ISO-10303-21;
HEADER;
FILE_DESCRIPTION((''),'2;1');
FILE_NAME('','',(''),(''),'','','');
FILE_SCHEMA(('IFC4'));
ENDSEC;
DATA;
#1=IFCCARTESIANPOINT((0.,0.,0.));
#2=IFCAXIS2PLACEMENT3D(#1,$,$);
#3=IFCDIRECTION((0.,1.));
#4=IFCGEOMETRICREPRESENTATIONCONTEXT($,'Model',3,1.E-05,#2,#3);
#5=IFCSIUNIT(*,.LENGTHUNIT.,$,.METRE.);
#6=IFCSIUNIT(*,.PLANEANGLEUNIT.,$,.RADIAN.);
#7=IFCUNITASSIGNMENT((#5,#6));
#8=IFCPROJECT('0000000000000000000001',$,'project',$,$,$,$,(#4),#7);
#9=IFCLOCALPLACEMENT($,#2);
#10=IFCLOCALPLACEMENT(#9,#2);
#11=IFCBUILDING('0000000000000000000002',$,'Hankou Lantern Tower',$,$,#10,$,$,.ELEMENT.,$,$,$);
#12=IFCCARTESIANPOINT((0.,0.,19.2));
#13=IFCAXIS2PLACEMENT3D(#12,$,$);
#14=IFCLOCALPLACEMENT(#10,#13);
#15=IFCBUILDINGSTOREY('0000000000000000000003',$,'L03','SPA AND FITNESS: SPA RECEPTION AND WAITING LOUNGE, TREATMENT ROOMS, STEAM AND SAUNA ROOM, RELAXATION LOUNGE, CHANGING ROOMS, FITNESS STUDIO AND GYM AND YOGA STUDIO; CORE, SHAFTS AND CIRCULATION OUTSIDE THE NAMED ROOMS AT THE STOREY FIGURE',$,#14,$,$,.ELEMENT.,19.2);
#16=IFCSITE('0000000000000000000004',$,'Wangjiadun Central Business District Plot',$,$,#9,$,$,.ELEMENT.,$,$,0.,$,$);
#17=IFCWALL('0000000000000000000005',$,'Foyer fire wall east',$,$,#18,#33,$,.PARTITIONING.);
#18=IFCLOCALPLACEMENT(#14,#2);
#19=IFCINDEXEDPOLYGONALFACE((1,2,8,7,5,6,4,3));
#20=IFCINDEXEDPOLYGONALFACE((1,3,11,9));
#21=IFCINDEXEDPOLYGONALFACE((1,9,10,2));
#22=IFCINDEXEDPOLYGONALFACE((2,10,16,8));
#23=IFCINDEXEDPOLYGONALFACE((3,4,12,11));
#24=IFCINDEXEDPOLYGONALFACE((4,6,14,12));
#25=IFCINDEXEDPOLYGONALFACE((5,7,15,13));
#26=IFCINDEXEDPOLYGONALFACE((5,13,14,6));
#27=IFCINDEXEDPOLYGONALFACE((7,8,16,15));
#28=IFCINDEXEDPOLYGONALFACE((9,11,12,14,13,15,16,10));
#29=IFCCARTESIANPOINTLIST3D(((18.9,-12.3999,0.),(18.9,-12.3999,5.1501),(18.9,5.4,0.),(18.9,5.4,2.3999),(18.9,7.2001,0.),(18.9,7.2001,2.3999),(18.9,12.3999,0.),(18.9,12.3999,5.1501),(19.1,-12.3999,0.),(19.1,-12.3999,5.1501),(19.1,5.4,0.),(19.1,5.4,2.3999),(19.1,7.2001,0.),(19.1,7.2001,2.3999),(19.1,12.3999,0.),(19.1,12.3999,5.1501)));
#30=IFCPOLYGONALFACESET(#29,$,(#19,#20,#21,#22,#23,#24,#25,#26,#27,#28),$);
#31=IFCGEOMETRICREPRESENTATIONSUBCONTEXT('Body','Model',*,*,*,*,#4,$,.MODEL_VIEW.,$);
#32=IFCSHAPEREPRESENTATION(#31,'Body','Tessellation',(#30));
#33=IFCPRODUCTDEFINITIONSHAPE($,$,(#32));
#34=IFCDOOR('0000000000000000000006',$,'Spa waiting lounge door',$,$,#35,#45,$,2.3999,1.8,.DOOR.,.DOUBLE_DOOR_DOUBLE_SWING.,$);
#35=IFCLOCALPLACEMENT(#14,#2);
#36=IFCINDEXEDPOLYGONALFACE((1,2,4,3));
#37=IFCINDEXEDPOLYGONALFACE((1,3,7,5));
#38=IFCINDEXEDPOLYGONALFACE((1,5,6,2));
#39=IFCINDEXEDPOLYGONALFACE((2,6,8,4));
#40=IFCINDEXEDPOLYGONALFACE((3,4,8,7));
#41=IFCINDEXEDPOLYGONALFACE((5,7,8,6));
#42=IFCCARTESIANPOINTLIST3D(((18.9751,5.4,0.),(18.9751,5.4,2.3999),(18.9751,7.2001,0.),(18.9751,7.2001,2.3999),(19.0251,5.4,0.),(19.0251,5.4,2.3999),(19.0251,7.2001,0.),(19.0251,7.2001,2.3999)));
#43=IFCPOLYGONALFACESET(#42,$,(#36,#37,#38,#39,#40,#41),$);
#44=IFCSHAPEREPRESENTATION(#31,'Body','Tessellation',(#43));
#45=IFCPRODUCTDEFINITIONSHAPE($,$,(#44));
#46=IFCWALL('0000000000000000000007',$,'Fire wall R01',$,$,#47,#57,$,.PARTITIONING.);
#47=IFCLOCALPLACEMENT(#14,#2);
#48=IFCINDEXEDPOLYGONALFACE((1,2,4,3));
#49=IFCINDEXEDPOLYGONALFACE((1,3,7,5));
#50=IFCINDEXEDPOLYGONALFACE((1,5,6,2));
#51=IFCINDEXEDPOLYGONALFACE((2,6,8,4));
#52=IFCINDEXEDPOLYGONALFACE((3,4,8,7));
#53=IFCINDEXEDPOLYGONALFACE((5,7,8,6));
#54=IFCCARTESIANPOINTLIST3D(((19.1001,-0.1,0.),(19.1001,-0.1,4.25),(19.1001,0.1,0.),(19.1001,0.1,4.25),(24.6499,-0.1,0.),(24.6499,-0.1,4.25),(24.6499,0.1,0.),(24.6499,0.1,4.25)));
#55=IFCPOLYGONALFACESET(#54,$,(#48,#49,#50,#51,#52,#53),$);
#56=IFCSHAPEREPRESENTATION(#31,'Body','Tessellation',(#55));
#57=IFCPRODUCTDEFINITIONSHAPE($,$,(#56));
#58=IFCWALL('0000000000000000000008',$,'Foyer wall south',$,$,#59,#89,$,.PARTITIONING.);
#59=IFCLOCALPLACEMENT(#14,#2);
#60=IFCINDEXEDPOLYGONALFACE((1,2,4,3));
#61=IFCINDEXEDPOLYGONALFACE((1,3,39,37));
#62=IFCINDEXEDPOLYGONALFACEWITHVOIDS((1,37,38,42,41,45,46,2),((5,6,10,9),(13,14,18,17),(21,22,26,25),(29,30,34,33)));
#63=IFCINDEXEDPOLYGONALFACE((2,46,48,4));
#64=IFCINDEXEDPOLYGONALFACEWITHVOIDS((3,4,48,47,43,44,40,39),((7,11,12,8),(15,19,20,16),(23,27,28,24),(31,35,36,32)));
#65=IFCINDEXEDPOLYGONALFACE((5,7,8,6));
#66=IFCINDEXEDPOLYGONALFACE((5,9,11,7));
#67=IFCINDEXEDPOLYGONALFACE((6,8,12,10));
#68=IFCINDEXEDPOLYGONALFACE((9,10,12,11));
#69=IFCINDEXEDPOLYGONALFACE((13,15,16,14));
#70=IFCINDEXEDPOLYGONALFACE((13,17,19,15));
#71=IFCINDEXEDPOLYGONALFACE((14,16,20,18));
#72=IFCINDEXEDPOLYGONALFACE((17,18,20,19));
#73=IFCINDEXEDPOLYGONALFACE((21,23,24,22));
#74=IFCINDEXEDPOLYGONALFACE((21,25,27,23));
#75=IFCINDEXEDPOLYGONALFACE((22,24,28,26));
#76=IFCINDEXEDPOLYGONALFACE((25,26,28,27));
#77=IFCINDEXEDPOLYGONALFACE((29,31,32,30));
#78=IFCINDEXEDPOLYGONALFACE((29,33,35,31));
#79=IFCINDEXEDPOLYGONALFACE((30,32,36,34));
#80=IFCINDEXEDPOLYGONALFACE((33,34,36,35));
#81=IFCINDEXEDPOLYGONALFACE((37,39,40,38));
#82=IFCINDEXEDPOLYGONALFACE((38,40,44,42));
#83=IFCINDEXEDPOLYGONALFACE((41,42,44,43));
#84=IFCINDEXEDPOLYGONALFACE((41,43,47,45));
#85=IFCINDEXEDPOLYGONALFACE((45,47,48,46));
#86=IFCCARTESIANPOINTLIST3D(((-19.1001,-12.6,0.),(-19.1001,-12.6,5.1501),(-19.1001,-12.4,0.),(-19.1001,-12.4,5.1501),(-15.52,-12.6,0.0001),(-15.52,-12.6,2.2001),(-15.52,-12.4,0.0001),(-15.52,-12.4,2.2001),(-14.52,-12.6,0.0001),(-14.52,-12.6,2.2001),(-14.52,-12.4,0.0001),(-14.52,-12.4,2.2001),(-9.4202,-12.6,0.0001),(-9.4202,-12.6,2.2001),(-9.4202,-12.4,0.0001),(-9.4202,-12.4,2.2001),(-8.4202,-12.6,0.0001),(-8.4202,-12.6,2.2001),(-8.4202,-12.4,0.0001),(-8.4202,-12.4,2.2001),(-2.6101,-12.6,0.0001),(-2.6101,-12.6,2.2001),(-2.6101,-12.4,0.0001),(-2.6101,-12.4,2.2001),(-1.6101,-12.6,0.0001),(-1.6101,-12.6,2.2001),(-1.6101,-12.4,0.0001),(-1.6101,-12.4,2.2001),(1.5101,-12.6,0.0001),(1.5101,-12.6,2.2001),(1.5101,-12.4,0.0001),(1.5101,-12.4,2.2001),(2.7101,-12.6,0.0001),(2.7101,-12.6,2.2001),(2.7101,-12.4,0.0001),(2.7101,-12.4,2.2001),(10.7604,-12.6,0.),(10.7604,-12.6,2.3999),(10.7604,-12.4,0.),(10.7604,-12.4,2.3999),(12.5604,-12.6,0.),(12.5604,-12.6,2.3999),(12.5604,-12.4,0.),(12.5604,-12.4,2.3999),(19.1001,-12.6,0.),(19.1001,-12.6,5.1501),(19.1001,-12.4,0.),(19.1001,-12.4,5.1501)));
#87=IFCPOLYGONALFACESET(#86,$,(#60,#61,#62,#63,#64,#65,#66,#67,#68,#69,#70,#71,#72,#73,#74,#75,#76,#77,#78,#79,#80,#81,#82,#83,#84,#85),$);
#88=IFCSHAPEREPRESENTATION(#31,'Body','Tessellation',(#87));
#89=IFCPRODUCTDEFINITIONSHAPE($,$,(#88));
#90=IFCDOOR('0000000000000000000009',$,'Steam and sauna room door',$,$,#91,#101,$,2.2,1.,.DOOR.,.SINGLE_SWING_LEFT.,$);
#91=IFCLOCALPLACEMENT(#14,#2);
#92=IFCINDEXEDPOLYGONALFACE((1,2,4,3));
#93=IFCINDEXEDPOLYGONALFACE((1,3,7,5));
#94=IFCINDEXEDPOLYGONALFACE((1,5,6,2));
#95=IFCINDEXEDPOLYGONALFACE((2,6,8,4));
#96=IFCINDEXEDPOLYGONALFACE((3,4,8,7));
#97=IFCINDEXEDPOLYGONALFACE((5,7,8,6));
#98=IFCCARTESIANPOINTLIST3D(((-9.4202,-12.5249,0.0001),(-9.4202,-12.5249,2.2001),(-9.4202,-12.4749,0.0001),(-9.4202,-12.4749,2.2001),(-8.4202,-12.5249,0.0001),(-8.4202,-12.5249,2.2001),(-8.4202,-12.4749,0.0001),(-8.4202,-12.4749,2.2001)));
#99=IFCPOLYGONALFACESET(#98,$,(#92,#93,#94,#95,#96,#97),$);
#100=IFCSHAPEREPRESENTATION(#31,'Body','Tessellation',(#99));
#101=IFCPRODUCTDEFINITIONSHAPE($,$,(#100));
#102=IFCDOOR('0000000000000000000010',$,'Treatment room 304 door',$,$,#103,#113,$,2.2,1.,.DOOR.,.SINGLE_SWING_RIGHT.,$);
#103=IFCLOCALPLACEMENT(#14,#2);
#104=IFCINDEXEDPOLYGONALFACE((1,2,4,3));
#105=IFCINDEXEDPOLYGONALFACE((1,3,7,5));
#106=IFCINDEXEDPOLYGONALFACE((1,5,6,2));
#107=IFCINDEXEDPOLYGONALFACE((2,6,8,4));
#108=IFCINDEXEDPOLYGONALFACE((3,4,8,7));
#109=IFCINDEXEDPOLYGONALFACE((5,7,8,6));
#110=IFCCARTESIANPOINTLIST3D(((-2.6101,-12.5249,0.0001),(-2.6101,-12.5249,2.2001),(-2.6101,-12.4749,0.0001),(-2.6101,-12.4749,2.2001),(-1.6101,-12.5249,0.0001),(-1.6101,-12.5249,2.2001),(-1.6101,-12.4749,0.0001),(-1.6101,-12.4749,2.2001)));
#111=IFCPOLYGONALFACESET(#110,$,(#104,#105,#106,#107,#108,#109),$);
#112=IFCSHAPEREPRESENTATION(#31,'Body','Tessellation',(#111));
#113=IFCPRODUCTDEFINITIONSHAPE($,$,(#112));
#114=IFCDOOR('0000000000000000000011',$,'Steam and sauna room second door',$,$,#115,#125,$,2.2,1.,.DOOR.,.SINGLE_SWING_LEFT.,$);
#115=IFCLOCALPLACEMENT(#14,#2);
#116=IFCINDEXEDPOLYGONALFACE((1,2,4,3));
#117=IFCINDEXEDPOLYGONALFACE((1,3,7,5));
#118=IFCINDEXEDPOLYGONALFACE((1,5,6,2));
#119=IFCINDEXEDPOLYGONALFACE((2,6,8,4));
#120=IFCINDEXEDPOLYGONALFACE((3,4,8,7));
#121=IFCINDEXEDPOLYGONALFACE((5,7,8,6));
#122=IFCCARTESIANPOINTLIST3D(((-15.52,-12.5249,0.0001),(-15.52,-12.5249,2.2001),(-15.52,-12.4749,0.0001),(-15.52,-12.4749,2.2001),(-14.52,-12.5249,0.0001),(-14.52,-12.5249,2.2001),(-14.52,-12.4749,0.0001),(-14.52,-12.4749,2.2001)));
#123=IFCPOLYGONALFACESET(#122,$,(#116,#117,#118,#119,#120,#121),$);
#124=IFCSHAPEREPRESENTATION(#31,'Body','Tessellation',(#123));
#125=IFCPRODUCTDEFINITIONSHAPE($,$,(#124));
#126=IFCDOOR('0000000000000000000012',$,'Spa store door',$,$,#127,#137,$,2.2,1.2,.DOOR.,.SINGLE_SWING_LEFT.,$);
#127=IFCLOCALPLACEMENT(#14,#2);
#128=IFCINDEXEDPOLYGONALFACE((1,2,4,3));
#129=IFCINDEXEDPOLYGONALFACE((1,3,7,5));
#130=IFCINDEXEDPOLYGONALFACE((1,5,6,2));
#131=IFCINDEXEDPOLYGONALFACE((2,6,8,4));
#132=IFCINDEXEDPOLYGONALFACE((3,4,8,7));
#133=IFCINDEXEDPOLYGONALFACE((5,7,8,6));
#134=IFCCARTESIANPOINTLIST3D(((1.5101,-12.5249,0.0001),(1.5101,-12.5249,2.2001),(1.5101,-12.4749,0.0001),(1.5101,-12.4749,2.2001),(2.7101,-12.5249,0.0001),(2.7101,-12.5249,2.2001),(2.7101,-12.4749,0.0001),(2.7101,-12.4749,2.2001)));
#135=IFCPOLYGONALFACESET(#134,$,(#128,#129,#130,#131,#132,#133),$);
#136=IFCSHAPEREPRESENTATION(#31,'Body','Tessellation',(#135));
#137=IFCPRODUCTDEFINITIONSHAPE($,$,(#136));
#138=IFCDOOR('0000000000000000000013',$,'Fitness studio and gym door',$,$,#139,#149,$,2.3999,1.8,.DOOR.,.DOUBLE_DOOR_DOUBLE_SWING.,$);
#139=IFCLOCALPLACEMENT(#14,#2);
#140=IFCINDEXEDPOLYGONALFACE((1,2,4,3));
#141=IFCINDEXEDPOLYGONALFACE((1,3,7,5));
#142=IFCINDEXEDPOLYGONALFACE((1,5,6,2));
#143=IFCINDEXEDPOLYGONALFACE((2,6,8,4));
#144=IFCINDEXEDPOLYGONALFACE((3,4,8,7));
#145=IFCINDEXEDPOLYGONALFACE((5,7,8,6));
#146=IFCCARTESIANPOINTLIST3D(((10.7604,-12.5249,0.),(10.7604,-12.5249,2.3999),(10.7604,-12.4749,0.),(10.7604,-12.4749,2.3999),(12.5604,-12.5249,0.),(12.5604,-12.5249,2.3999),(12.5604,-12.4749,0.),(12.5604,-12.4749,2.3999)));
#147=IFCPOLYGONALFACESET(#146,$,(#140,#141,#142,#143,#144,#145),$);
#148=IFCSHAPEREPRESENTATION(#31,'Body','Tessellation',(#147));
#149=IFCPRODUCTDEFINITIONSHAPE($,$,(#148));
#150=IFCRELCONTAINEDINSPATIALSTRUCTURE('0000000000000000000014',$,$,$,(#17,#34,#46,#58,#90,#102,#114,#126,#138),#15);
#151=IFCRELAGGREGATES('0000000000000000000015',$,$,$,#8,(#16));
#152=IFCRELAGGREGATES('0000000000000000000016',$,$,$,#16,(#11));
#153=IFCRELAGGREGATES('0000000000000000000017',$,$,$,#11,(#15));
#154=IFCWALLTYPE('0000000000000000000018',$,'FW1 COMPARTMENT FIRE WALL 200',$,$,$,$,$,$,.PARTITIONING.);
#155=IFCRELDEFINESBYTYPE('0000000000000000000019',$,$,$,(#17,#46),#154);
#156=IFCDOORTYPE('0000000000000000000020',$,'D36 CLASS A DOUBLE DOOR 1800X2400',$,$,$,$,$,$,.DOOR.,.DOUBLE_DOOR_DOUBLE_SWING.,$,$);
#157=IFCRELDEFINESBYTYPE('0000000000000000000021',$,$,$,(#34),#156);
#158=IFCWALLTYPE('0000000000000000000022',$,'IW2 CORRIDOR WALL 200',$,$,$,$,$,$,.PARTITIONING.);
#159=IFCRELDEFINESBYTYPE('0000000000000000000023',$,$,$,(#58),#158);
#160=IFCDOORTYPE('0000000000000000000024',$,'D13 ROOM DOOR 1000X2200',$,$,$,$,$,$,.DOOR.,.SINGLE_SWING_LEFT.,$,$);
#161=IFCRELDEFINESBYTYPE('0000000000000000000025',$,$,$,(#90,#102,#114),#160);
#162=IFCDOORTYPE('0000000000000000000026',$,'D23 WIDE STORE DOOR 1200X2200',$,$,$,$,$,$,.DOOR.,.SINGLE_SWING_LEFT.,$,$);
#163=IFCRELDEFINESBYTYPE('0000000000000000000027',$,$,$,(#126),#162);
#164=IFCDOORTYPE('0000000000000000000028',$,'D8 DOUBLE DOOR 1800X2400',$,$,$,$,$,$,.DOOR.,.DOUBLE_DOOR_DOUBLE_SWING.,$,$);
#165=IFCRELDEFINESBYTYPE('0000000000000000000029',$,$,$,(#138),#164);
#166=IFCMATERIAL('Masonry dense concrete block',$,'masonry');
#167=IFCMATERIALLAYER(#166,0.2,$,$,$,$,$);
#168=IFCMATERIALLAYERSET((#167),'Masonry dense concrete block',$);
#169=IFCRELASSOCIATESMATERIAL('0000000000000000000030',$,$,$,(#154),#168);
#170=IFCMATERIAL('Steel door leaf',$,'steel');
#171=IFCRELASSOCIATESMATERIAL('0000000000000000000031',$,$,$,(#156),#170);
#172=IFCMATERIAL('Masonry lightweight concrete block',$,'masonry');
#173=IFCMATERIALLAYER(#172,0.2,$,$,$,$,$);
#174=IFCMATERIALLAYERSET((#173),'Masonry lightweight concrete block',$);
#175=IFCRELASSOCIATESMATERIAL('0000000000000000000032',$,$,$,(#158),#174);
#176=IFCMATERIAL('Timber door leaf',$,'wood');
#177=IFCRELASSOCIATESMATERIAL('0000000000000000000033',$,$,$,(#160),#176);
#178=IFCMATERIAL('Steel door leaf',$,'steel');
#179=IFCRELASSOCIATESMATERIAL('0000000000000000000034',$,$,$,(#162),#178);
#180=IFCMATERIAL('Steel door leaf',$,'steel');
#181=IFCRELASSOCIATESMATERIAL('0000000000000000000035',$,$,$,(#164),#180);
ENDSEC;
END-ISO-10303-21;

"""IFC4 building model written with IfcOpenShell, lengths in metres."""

from ifc_helpers import new_model, si_unit, direction, frame, frame_2d, origin, place, context, subcontext, project, spatial, rectangle, extrude, material, layer, layer_set, type_object, element, fill, save


model = new_model("IFC4")

# Units and contexts
model_context = context("Model", 3, precision=1e-05, world=origin(), true_north=direction((0.0, 1.0)))
body_context = subcontext(model_context, "Body", "Model", "MODEL_VIEW")
ifc_project = project(units=[si_unit("LENGTHUNIT", "METRE"), si_unit("PLANEANGLEUNIT", "RADIAN")], contexts=[model_context])

# Site, building, storey
site_placement = place(None, origin())
site = spatial("IfcSite", under=ifc_project, at=site_placement, Name="Wangjiadun Central Business District Plot", CompositionType="ELEMENT", RefElevation=0.0)
building_placement = place(site_placement, origin())
building = spatial("IfcBuilding", under=site, at=building_placement, Name="Hankou Lantern Tower", CompositionType="ELEMENT")
storey_placement = place(building_placement, frame((0.0, 0.0, 19.2)))
storey = spatial("IfcBuildingStorey", under=building, at=storey_placement, Name="L03", Description="SPA AND FITNESS: SPA RECEPTION AND WAITING LOUNGE, TREATMENT ROOMS, STEAM AND SAUNA ROOM, RELAXATION LOUNGE, CHANGING ROOMS, FITNESS STUDIO AND GYM AND YOGA STUDIO; CORE, SHAFTS AND CIRCULATION OUTSIDE THE NAMED ROOMS AT THE STOREY FIGURE", CompositionType="ELEMENT", Elevation=19.2)

# Wall, opening, door
ifc_material_1 = material(Name="Masonry dense concrete block", Category="masonry")
ifc_layer_1 = layer(ifc_material_1, 0.2)
ifc_layer_set_1 = layer_set([ifc_layer_1], Name="Masonry dense concrete block")
wall_type_1 = type_object("IfcWallType", Name="FW1 COMPARTMENT FIRE WALL 200", PredefinedType="PARTITIONING", material=ifc_layer_set_1)
wall_1_placement = place(storey_placement, frame((19.0, -12.3999, 0.0), z_axis=(0.0, 0.0, 1.0), x_axis=(0.0, 1.0, 0.0)))
wall_1 = element("IfcWall", 1, at=wall_1_placement, inside=storey, type_object=wall_type_1, Name="Foyer fire wall east", PredefinedType="PARTITIONING", context=body_context, shape_type="SweptSolid", body=[
    extrude(rectangle(XDim=24.7998, YDim=0.2, at=frame_2d((12.3999, 0.0))), origin(), (0.0, 0.0, 1.0), 5.1501),
])
opening_1_placement = place(wall_1_placement, frame((17.8, 0.0, 0.0)))
opening_1 = element("IfcOpeningElement", 2, at=opening_1_placement, cuts=wall_1, PredefinedType="OPENING", context=body_context, shape_type="SweptSolid", body=[
    extrude(rectangle(XDim=1.8, YDim=2.3999, at=frame_2d((0.8999, 1.2))), frame((0.0, 0.1099, 0.0), z_axis=(0.0, -1.0, 0.0), x_axis=(1.0, 0.0, 0.0)), (0.0, 0.0, 1.0), 0.22),
])
ifc_material_2 = material(Name="Steel door leaf", Category="steel")
door_type_1 = type_object("IfcDoorType", Name="D36 CLASS A DOUBLE DOOR 1800X2400", OperationType="DOUBLE_DOOR_DOUBLE_SWING", PredefinedType="DOOR", material=ifc_material_2)
door_1_placement = place(opening_1_placement, origin())
door_1 = element("IfcDoor", 3, at=door_1_placement, inside=storey, type_object=door_type_1, Name="Spa waiting lounge door", OperationType="DOUBLE_DOOR_DOUBLE_SWING", OverallHeight=2.3999, OverallWidth=1.8, PredefinedType="DOOR", context=body_context, shape_type="SweptSolid", body=[
    extrude(rectangle(XDim=1.8, YDim=2.3999, at=frame_2d((0.8999, 1.2))), frame((0.0, 0.0249, 0.0), z_axis=(0.0, -1.0, 0.0), x_axis=(1.0, 0.0, 0.0)), (0.0, 0.0, 1.0), 0.05),
])
fill(opening_1, door_1)

# Wall
wall_2_placement = place(storey_placement, frame((19.1001, 0.0, 0.0), z_axis=(0.0, 0.0, 1.0), x_axis=(1.0, 0.0, 0.0)))
element("IfcWall", 4, at=wall_2_placement, inside=storey, type_object=wall_type_1, Name="Fire wall R01", PredefinedType="PARTITIONING", context=body_context, shape_type="SweptSolid", body=[
    extrude(rectangle(XDim=5.5498, YDim=0.2, at=frame_2d((2.7749, 0.0))), origin(), (0.0, 0.0, 1.0), 4.25),
])

# Wall, openings, doors
ifc_material_3 = material(Name="Masonry lightweight concrete block", Category="masonry")
ifc_layer_2 = layer(ifc_material_3, 0.2)
ifc_layer_set_2 = layer_set([ifc_layer_2], Name="Masonry lightweight concrete block")
wall_type_2 = type_object("IfcWallType", Name="IW2 CORRIDOR WALL 200", PredefinedType="PARTITIONING", material=ifc_layer_set_2)
wall_3_placement = place(storey_placement, frame((19.1001, -12.5, 0.0), z_axis=(0.0, 0.0, 1.0), x_axis=(-1.0, 0.0, 0.0)))
wall_3 = element("IfcWall", 5, at=wall_3_placement, inside=storey, type_object=wall_type_2, Name="Foyer wall south", PredefinedType="PARTITIONING", context=body_context, shape_type="SweptSolid", body=[
    extrude(rectangle(XDim=38.2002, YDim=0.2, at=frame_2d((19.1001, 0.0))), origin(), (0.0, 0.0, 1.0), 5.1501),
])
opening_2_placement = place(wall_3_placement, frame((6.5398, 0.0, 0.0)))
opening_2 = element("IfcOpeningElement", 6, at=opening_2_placement, cuts=wall_3, PredefinedType="OPENING", context=body_context, shape_type="SweptSolid", body=[
    extrude(rectangle(XDim=1.8, YDim=2.3999, at=frame_2d((0.8999, 1.2))), frame((0.0, 0.1099, 0.0), z_axis=(0.0, -1.0, 0.0), x_axis=(1.0, 0.0, 0.0)), (0.0, 0.0, 1.0), 0.22),
])
opening_3_placement = place(wall_3_placement, frame((27.5203, 0.0, 0.0)))
opening_3 = element("IfcOpeningElement", 7, at=opening_3_placement, cuts=wall_3, PredefinedType="OPENING", context=body_context, shape_type="SweptSolid", body=[
    extrude(rectangle(XDim=1.0, YDim=2.2, at=frame_2d((0.5, 1.1001))), frame((0.0, 0.1099, 0.0), z_axis=(0.0, -1.0, 0.0), x_axis=(1.0, 0.0, 0.0)), (0.0, 0.0, 1.0), 0.22),
])
opening_4_placement = place(wall_3_placement, frame((20.7102, 0.0, 0.0)))
opening_4 = element("IfcOpeningElement", 8, at=opening_4_placement, cuts=wall_3, PredefinedType="OPENING", context=body_context, shape_type="SweptSolid", body=[
    extrude(rectangle(XDim=1.0, YDim=2.2, at=frame_2d((0.5, 1.1001))), frame((0.0, 0.1099, 0.0), z_axis=(0.0, -1.0, 0.0), x_axis=(1.0, 0.0, 0.0)), (0.0, 0.0, 1.0), 0.22),
])
opening_5_placement = place(wall_3_placement, frame((16.3899, 0.0, 0.0)))
opening_5 = element("IfcOpeningElement", 9, at=opening_5_placement, cuts=wall_3, PredefinedType="OPENING", context=body_context, shape_type="SweptSolid", body=[
    extrude(rectangle(XDim=1.2, YDim=2.2, at=frame_2d((0.6001, 1.1001))), frame((0.0, 0.1099, 0.0), z_axis=(0.0, -1.0, 0.0), x_axis=(1.0, 0.0, 0.0)), (0.0, 0.0, 1.0), 0.22),
])
opening_6_placement = place(wall_3_placement, frame((33.6201, 0.0, 0.0)))
opening_6 = element("IfcOpeningElement", 10, at=opening_6_placement, cuts=wall_3, PredefinedType="OPENING", context=body_context, shape_type="SweptSolid", body=[
    extrude(rectangle(XDim=1.0, YDim=2.2, at=frame_2d((0.5, 1.1001))), frame((0.0, 0.1099, 0.0), z_axis=(0.0, -1.0, 0.0), x_axis=(1.0, 0.0, 0.0)), (0.0, 0.0, 1.0), 0.22),
])
ifc_material_4 = material(Name="Timber door leaf", Category="wood")
door_type_2 = type_object("IfcDoorType", Name="D13 ROOM DOOR 1000X2200", OperationType="SINGLE_SWING_LEFT", PredefinedType="DOOR", material=ifc_material_4)
door_2_placement = place(opening_3_placement, origin())
door_2 = element("IfcDoor", 11, at=door_2_placement, inside=storey, type_object=door_type_2, Name="Steam and sauna room door", OperationType="SINGLE_SWING_LEFT", OverallHeight=2.2, OverallWidth=1.0, PredefinedType="DOOR", context=body_context, shape_type="SweptSolid", body=[
    extrude(rectangle(XDim=1.0, YDim=2.2, at=frame_2d((0.5, 1.1001))), frame((0.0, 0.0249, 0.0), z_axis=(0.0, -1.0, 0.0), x_axis=(1.0, 0.0, 0.0)), (0.0, 0.0, 1.0), 0.05),
])
fill(opening_3, door_2)
door_3_placement = place(opening_4_placement, origin())
door_3 = element("IfcDoor", 12, at=door_3_placement, inside=storey, type_object=door_type_2, Name="Treatment room 304 door", OperationType="SINGLE_SWING_RIGHT", OverallHeight=2.2, OverallWidth=1.0, PredefinedType="DOOR", context=body_context, shape_type="SweptSolid", body=[
    extrude(rectangle(XDim=1.0, YDim=2.2, at=frame_2d((0.5, 1.1001))), frame((0.0, 0.0249, 0.0), z_axis=(0.0, -1.0, 0.0), x_axis=(1.0, 0.0, 0.0)), (0.0, 0.0, 1.0), 0.05),
])
fill(opening_4, door_3)
door_4_placement = place(opening_6_placement, origin())
door_4 = element("IfcDoor", 13, at=door_4_placement, inside=storey, type_object=door_type_2, Name="Steam and sauna room second door", OperationType="SINGLE_SWING_LEFT", OverallHeight=2.2, OverallWidth=1.0, PredefinedType="DOOR", context=body_context, shape_type="SweptSolid", body=[
    extrude(rectangle(XDim=1.0, YDim=2.2, at=frame_2d((0.5, 1.1001))), frame((0.0, 0.0249, 0.0), z_axis=(0.0, -1.0, 0.0), x_axis=(1.0, 0.0, 0.0)), (0.0, 0.0, 1.0), 0.05),
])
fill(opening_6, door_4)
ifc_material_5 = material(Name="Steel door leaf", Category="steel")
door_type_3 = type_object("IfcDoorType", Name="D23 WIDE STORE DOOR 1200X2200", OperationType="SINGLE_SWING_LEFT", PredefinedType="DOOR", material=ifc_material_5)
door_5_placement = place(opening_5_placement, origin())
door_5 = element("IfcDoor", 14, at=door_5_placement, inside=storey, type_object=door_type_3, Name="Spa store door", OperationType="SINGLE_SWING_LEFT", OverallHeight=2.2, OverallWidth=1.2, PredefinedType="DOOR", context=body_context, shape_type="SweptSolid", body=[
    extrude(rectangle(XDim=1.2, YDim=2.2, at=frame_2d((0.6001, 1.1001))), frame((0.0, 0.0249, 0.0), z_axis=(0.0, -1.0, 0.0), x_axis=(1.0, 0.0, 0.0)), (0.0, 0.0, 1.0), 0.05),
])
fill(opening_5, door_5)
ifc_material_6 = material(Name="Steel door leaf", Category="steel")
door_type_4 = type_object("IfcDoorType", Name="D8 DOUBLE DOOR 1800X2400", OperationType="DOUBLE_DOOR_DOUBLE_SWING", PredefinedType="DOOR", material=ifc_material_6)
door_6_placement = place(opening_2_placement, origin())
door_6 = element("IfcDoor", 15, at=door_6_placement, inside=storey, type_object=door_type_4, Name="Fitness studio and gym door", OperationType="DOUBLE_DOOR_DOUBLE_SWING", OverallHeight=2.3999, OverallWidth=1.8, PredefinedType="DOOR", context=body_context, shape_type="SweptSolid", body=[
    extrude(rectangle(XDim=1.8, YDim=2.3999, at=frame_2d((0.8999, 1.2))), frame((0.0, 0.0249, 0.0), z_axis=(0.0, -1.0, 0.0), x_axis=(1.0, 0.0, 0.0)), (0.0, 0.0, 1.0), 0.05),
])
fill(opening_2, door_6)

save(model, "model.ifc")
